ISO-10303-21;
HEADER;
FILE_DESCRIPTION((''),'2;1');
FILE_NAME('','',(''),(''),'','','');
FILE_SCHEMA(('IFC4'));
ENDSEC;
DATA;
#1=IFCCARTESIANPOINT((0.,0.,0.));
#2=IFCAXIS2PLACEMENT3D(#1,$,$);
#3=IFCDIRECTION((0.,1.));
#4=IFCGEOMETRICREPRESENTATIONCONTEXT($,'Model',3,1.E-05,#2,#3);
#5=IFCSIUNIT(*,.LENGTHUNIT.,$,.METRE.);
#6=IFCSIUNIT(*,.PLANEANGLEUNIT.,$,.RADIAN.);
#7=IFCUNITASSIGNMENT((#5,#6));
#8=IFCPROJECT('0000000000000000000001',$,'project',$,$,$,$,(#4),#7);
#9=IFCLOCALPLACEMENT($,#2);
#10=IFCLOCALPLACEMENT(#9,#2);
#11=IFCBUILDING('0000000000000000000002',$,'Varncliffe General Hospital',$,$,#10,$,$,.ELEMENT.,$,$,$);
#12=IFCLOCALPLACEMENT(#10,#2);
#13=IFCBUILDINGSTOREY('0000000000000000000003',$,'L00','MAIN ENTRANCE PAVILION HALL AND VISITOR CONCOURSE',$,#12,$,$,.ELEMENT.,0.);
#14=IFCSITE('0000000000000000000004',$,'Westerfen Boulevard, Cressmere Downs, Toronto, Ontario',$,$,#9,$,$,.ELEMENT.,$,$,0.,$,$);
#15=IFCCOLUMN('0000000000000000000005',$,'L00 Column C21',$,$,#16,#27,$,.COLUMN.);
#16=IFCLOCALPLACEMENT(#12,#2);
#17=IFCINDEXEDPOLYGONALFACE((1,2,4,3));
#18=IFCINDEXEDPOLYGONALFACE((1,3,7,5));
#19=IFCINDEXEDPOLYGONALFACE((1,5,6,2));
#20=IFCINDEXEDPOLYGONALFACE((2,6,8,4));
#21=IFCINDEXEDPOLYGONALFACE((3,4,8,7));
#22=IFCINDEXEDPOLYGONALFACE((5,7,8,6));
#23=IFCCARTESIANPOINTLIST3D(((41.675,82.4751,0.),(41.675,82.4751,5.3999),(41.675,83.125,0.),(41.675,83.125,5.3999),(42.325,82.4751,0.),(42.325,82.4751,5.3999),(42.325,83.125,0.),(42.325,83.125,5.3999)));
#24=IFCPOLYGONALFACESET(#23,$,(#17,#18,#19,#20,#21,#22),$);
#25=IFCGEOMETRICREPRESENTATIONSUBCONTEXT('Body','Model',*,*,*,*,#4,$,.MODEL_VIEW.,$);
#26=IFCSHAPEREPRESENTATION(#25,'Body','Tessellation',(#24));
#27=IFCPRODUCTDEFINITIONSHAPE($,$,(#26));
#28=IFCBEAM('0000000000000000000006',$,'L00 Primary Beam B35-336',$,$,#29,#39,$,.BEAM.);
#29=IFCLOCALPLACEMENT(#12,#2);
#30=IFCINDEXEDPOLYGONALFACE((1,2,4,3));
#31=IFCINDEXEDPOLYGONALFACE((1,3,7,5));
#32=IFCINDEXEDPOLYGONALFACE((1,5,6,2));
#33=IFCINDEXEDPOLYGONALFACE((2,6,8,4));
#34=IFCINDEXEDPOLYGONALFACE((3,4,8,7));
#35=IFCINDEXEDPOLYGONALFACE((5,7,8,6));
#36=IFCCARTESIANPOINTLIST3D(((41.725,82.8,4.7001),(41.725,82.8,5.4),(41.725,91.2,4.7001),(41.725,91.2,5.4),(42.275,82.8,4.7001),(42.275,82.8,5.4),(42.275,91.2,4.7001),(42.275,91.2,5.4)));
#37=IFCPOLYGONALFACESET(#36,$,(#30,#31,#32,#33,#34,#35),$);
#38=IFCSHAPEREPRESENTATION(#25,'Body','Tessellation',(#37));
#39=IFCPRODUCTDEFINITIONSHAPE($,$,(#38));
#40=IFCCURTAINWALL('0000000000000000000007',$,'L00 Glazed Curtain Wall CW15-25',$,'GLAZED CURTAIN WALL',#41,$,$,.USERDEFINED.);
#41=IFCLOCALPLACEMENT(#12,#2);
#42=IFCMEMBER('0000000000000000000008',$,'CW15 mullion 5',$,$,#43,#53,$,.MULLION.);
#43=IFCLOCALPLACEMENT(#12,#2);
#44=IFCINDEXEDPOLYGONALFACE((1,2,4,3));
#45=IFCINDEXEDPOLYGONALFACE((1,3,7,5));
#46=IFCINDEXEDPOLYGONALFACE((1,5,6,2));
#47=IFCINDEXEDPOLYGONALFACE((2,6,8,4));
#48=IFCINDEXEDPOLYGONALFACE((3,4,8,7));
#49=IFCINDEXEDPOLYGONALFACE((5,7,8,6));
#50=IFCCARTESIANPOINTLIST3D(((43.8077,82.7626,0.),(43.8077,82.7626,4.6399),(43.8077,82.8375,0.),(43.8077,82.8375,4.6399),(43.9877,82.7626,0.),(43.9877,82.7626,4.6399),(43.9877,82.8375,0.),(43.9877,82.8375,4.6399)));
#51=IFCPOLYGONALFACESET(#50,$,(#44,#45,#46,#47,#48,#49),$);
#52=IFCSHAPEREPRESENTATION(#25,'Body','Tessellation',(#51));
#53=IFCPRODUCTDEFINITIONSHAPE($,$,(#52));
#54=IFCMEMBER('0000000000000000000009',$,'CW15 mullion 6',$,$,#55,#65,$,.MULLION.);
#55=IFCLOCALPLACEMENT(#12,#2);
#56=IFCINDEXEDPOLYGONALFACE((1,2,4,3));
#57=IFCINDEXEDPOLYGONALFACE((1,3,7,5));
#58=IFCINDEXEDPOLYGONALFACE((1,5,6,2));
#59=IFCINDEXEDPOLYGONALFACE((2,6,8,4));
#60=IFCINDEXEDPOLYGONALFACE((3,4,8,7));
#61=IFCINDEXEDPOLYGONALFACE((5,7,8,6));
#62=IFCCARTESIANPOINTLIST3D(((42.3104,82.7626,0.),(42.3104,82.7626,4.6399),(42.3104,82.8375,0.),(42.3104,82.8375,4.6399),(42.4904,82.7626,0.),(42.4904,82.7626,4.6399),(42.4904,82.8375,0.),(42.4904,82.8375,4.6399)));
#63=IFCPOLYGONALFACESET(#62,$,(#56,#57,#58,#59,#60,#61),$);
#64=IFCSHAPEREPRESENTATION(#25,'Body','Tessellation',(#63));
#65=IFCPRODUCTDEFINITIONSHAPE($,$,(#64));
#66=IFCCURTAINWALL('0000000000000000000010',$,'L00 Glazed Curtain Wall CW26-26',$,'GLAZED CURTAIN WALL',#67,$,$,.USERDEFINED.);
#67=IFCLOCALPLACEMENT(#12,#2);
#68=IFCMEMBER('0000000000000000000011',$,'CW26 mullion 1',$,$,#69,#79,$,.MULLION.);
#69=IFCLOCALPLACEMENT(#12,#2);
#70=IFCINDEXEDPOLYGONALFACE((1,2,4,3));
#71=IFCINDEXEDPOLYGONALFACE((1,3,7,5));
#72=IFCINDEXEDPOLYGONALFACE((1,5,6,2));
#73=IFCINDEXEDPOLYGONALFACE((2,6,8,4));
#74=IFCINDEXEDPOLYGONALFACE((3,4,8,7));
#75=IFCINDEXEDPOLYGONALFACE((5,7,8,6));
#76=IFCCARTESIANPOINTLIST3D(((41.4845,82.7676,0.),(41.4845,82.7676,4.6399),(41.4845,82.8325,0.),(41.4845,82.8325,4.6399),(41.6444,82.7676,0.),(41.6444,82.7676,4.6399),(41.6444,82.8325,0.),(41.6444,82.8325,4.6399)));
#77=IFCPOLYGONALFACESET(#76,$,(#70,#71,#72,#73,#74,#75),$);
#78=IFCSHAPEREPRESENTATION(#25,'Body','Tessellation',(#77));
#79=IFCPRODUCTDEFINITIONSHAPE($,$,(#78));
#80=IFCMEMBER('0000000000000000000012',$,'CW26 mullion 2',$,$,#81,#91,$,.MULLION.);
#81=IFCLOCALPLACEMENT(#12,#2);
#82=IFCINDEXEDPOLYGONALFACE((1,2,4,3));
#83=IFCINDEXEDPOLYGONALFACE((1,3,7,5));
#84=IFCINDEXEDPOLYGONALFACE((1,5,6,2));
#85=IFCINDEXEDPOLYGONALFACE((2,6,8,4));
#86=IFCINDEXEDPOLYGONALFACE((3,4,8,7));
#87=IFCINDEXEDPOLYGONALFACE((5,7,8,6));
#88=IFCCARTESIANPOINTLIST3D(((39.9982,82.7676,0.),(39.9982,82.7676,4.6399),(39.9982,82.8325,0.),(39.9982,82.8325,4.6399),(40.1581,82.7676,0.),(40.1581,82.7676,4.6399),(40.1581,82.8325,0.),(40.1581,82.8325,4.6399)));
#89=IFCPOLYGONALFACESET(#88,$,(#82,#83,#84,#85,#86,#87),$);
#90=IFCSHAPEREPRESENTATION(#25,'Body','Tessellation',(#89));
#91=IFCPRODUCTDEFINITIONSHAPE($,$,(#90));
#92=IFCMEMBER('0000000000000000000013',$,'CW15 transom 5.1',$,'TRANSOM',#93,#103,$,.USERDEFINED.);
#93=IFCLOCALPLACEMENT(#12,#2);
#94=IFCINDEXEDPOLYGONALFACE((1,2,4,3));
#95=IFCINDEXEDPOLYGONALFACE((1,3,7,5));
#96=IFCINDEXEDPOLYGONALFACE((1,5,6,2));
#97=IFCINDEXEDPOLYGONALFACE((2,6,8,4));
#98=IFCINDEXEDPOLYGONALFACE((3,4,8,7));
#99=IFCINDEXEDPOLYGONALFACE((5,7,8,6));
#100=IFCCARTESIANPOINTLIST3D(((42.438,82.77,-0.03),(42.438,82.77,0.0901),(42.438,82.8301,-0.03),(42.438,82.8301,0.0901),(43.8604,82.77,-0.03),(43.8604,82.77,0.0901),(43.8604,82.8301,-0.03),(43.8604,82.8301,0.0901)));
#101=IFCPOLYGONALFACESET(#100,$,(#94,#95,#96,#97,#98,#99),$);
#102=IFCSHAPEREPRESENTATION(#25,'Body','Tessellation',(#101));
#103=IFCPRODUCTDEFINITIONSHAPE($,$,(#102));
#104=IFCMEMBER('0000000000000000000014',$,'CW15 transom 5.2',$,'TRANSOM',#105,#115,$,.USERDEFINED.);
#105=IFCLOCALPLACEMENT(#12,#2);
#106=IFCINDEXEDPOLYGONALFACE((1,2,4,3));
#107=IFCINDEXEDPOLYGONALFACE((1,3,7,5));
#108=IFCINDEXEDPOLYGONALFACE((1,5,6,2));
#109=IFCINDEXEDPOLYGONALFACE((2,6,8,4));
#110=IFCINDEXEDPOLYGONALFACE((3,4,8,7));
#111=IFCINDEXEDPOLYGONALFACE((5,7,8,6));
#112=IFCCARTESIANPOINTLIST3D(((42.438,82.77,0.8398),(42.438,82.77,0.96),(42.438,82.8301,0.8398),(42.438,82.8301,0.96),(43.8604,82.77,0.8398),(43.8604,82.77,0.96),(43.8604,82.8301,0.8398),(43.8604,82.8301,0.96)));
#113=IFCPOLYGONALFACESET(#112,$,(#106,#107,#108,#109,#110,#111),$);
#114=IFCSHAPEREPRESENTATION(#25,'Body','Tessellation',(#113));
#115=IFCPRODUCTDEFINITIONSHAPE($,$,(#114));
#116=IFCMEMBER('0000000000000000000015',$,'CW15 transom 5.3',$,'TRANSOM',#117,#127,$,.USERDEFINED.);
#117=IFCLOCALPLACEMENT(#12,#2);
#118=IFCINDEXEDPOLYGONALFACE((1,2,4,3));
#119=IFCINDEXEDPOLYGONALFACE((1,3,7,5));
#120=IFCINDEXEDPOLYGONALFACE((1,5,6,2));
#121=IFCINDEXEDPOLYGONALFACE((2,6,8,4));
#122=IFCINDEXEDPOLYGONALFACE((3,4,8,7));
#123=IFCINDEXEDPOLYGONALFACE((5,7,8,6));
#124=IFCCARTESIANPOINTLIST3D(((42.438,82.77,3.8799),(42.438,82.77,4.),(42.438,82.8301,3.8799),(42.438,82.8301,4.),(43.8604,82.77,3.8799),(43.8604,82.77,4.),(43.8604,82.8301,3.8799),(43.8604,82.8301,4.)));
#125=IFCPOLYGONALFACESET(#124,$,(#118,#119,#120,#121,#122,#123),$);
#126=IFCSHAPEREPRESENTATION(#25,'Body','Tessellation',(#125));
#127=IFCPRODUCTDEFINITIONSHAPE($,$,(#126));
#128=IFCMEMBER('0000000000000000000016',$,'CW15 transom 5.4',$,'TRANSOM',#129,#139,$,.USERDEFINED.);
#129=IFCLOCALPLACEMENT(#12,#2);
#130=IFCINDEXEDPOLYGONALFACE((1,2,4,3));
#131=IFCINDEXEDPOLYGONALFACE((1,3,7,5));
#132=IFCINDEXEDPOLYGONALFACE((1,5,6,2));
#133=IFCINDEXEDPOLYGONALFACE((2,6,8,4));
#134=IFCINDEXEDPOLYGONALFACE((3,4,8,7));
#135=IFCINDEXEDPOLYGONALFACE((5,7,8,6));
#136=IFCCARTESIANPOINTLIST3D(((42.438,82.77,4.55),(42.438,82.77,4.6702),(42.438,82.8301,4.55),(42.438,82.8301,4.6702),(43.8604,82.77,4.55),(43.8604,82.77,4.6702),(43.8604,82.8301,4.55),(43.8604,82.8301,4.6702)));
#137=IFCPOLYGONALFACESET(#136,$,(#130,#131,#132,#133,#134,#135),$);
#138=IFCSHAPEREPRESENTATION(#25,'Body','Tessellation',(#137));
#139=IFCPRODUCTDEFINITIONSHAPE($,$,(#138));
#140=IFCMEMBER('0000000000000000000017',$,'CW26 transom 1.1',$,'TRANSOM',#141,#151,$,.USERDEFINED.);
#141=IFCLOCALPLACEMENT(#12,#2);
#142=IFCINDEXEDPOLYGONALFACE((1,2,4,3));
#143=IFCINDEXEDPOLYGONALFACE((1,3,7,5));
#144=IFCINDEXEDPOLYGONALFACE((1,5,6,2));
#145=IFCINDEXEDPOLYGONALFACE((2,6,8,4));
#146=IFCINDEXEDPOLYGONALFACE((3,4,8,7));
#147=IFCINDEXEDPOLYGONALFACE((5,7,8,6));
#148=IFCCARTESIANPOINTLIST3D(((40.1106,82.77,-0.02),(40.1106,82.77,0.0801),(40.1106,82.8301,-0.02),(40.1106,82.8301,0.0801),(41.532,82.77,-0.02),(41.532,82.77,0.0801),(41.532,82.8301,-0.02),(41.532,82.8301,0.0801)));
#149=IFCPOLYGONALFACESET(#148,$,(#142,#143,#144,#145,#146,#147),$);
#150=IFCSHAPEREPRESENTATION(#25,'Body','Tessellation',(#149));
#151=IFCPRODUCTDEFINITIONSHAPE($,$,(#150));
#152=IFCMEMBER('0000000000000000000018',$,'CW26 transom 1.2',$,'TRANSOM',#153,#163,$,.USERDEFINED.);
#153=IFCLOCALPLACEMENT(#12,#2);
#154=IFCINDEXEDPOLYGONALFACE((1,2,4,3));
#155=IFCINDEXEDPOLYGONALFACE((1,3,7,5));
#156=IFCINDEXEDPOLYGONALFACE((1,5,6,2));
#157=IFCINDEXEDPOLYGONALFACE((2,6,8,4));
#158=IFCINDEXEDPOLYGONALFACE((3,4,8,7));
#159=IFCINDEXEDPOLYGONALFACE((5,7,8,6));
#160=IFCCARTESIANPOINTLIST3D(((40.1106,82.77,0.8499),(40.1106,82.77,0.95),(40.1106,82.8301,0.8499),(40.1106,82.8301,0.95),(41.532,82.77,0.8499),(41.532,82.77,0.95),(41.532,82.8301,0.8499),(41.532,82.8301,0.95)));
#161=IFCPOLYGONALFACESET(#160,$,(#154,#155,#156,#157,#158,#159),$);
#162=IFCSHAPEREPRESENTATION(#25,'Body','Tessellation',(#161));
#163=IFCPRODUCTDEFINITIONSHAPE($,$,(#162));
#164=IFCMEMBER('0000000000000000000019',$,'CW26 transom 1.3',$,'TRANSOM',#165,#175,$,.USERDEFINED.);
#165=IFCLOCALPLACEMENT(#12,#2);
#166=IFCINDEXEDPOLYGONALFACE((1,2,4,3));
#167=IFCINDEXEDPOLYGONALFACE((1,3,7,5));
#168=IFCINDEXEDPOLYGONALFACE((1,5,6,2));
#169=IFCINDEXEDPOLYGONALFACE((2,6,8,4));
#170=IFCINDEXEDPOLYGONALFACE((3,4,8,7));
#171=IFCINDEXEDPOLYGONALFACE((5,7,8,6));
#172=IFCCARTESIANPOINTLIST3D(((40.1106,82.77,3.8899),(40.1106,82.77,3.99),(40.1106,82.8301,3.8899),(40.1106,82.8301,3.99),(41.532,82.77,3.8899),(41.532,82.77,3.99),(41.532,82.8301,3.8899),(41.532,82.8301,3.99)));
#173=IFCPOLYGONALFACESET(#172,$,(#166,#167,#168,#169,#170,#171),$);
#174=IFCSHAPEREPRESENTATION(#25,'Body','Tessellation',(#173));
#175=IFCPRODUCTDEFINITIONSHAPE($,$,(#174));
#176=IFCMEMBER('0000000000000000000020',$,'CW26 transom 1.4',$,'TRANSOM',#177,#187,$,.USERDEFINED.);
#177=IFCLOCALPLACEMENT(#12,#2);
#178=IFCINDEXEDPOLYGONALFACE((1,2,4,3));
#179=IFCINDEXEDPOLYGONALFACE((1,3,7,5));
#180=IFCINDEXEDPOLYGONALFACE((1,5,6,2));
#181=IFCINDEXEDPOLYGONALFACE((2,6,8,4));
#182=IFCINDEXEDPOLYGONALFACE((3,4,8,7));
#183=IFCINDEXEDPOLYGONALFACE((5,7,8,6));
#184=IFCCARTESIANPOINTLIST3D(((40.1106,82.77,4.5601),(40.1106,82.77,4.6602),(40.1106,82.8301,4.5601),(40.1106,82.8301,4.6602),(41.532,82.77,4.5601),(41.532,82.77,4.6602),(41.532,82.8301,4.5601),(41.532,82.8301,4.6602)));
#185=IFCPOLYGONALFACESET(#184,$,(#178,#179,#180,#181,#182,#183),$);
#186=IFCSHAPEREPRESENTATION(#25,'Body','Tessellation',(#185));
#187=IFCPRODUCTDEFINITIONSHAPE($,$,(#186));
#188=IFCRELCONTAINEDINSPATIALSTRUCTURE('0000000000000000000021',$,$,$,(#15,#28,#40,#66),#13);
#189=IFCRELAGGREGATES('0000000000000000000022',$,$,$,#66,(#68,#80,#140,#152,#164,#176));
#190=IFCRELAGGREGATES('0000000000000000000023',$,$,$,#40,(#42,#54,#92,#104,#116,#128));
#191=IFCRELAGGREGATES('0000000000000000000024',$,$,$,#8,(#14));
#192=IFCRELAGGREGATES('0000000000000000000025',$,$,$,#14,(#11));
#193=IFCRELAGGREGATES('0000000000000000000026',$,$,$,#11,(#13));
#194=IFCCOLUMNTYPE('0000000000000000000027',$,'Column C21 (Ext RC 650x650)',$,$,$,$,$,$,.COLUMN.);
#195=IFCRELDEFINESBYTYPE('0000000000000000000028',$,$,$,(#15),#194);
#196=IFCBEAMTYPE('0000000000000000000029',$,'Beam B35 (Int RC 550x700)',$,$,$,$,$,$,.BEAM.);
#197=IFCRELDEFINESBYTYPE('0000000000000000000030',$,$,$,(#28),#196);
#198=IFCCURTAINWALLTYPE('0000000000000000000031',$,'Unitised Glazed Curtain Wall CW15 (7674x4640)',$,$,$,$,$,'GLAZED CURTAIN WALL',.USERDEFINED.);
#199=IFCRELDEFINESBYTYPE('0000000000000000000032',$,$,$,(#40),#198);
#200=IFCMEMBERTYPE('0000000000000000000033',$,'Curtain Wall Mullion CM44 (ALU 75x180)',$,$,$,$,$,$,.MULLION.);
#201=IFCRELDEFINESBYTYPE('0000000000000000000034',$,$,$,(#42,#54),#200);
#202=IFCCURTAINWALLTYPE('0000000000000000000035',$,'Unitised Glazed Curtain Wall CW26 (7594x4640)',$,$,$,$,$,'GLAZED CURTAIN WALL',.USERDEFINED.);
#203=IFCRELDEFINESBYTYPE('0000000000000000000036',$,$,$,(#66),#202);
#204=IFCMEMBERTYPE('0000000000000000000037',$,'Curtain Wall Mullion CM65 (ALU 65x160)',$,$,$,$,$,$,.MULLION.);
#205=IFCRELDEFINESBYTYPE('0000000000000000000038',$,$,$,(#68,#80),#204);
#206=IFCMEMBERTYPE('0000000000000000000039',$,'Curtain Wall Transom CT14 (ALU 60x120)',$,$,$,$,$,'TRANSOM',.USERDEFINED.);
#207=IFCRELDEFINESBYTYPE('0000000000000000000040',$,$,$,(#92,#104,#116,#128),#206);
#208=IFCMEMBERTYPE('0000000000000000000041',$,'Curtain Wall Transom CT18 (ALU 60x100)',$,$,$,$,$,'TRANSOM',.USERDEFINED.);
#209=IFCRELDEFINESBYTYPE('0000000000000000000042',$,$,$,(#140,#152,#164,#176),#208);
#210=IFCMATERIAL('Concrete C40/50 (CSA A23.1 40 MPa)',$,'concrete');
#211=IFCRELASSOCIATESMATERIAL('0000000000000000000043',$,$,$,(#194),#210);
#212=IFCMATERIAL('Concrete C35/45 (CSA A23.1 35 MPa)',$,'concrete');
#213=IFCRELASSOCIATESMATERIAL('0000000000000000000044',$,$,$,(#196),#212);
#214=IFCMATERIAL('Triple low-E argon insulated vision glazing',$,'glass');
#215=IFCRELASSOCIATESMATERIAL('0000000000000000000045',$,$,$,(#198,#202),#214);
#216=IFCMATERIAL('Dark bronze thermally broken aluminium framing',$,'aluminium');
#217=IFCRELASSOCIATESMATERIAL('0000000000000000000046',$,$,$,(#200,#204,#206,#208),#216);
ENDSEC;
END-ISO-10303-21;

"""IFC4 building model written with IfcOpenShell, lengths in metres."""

from ifc_helpers import new_model, si_unit, direction, frame, origin, origin_2d, place, context, subcontext, project, spatial, rectangle, extrude, material, material_profile, profile_set, type_object, element, aggregate, save


model = new_model("IFC4")

# Units and contexts
model_context = context("Model", 3, precision=1e-05, world=origin(), true_north=direction((0.0, 1.0)))
body_context = subcontext(model_context, "Body", "Model", "MODEL_VIEW")
ifc_project = project(units=[si_unit("LENGTHUNIT", "METRE"), si_unit("PLANEANGLEUNIT", "RADIAN")], contexts=[model_context])

# Site, building, storey
site_placement = place(None, origin())
site = spatial("IfcSite", under=ifc_project, at=site_placement, Name="Westerfen Boulevard, Cressmere Downs, Toronto, Ontario", CompositionType="ELEMENT", RefElevation=0.0)
building_placement = place(site_placement, origin())
building = spatial("IfcBuilding", under=site, at=building_placement, Name="Varncliffe General Hospital", CompositionType="ELEMENT")
storey_placement = place(building_placement, origin())
storey = spatial("IfcBuildingStorey", under=building, at=storey_placement, Name="L00", Description="MAIN ENTRANCE PAVILION HALL AND VISITOR CONCOURSE", CompositionType="ELEMENT", Elevation=0.0)

# Column
ifc_material_1 = material(Name="Concrete C40/50 (CSA A23.1 40 MPa)", Category="concrete")
ifc_material_profile_1 = material_profile(ifc_material_1, rectangle(XDim=0.6499, YDim=0.6499, at=origin_2d()), Name="RC 650x650")
ifc_profile_set_1 = profile_set([ifc_material_profile_1], Name="Concrete C40/50 (CSA A23.1 40 MPa)")
column_type = type_object("IfcColumnType", Name="Column C21 (Ext RC 650x650)", PredefinedType="COLUMN", material=ifc_profile_set_1)
column_placement = place(storey_placement, frame((42.0, 82.8, 0.0), z_axis=(0.0, 0.0, 1.0), x_axis=(1.0, 0.0, 0.0)))
element("IfcColumn", 1, at=column_placement, inside=storey, type_object=column_type, Name="L00 Column C21", PredefinedType="COLUMN", context=body_context, shape_type="SweptSolid", body=[
    extrude(rectangle(XDim=0.6499, YDim=0.6499, at=origin_2d()), origin(), (0.0, 0.0, 1.0), 5.3999),
])

# Beam
ifc_material_2 = material(Name="Concrete C35/45 (CSA A23.1 35 MPa)", Category="concrete")
ifc_material_profile_2 = material_profile(ifc_material_2, rectangle(XDim=0.55, YDim=0.7, at=origin_2d()), Name="RC 550x700")
ifc_profile_set_2 = profile_set([ifc_material_profile_2], Name="Concrete C35/45 (CSA A23.1 35 MPa)")
beam_type_1 = type_object("IfcBeamType", Name="Beam B35 (Int RC 550x700)", PredefinedType="BEAM", material=ifc_profile_set_2)
beam_1_placement = place(storey_placement, frame((42.0, 82.8, 5.05), z_axis=(0.0, 1.0, 0.0), x_axis=(-1.0, 0.0, 0.0)))
element("IfcBeam", 2, at=beam_1_placement, inside=storey, type_object=beam_type_1, Name="L00 Primary Beam B35-336", PredefinedType="BEAM", context=body_context, shape_type="SweptSolid", body=[
    extrude(rectangle(XDim=0.55, YDim=0.7, at=origin_2d()), origin(), (0.0, 0.0, 1.0), 8.3999),
])

# Curtain walls, members
ifc_material_3 = material(Name="Triple low-E argon insulated vision glazing", Category="glass")
curtain_wall_type_1 = type_object("IfcCurtainWallType", Name="Unitised Glazed Curtain Wall CW15 (7674x4640)", ElementType="GLAZED CURTAIN WALL", PredefinedType="USERDEFINED", material=ifc_material_3)
curtain_wall_1_placement = place(storey_placement, origin())
curtain_wall_1 = element("IfcCurtainWall", 3, at=curtain_wall_1_placement, inside=storey, type_object=curtain_wall_type_1, Name="L00 Glazed Curtain Wall CW15-25", ObjectType="GLAZED CURTAIN WALL", PredefinedType="USERDEFINED")
ifc_material_4 = material(Name="Dark bronze thermally broken aluminium framing", Category="aluminium")
ifc_material_profile_3 = material_profile(ifc_material_4, rectangle(XDim=0.075, YDim=0.1799, at=origin_2d()), Name="ALU 75x180")
ifc_profile_set_3 = profile_set([ifc_material_profile_3], Name="Dark bronze thermally broken aluminium framing")
member_type_1 = type_object("IfcMemberType", Name="Curtain Wall Mullion CM44 (ALU 75x180)", PredefinedType="MULLION", material=ifc_profile_set_3)
member_1_placement = place(storey_placement, frame((43.8977, 82.8, 0.0), z_axis=(0.0, 0.0, 1.0), x_axis=(0.0, -1.0, 0.0)))
member_1 = element("IfcMember", 4, at=member_1_placement, type_object=member_type_1, Name="CW15 mullion 5", PredefinedType="MULLION", context=body_context, shape_type="SweptSolid", body=[
    extrude(rectangle(XDim=0.075, YDim=0.1799, at=origin_2d()), origin(), (0.0, 0.0, 1.0), 4.6399),
])
member_2_placement = place(storey_placement, frame((42.4004, 82.8, 0.0), z_axis=(0.0, 0.0, 1.0), x_axis=(0.0, -1.0, 0.0)))
member_2 = element("IfcMember", 5, at=member_2_placement, type_object=member_type_1, Name="CW15 mullion 6", PredefinedType="MULLION", context=body_context, shape_type="SweptSolid", body=[
    extrude(rectangle(XDim=0.075, YDim=0.1799, at=origin_2d()), origin(), (0.0, 0.0, 1.0), 4.6399),
])
curtain_wall_type_2 = type_object("IfcCurtainWallType", Name="Unitised Glazed Curtain Wall CW26 (7594x4640)", ElementType="GLAZED CURTAIN WALL", PredefinedType="USERDEFINED", material=ifc_material_3)
curtain_wall_2_placement = place(storey_placement, origin())
curtain_wall_2 = element("IfcCurtainWall", 6, at=curtain_wall_2_placement, inside=storey, type_object=curtain_wall_type_2, Name="L00 Glazed Curtain Wall CW26-26", ObjectType="GLAZED CURTAIN WALL", PredefinedType="USERDEFINED")
ifc_material_profile_4 = material_profile(ifc_material_4, rectangle(XDim=0.0649, YDim=0.1599, at=origin_2d()), Name="ALU 65x160")
ifc_profile_set_4 = profile_set([ifc_material_profile_4], Name="Dark bronze thermally broken aluminium framing")
member_type_2 = type_object("IfcMemberType", Name="Curtain Wall Mullion CM65 (ALU 65x160)", PredefinedType="MULLION", material=ifc_profile_set_4)
member_3_placement = place(storey_placement, frame((41.5645, 82.8, 0.0), z_axis=(0.0, 0.0, 1.0), x_axis=(0.0, -1.0, 0.0)))
member_3 = element("IfcMember", 7, at=member_3_placement, type_object=member_type_2, Name="CW26 mullion 1", PredefinedType="MULLION", context=body_context, shape_type="SweptSolid", body=[
    extrude(rectangle(XDim=0.0649, YDim=0.1599, at=origin_2d()), origin(), (0.0, 0.0, 1.0), 4.6399),
])
member_4_placement = place(storey_placement, frame((40.0781, 82.8, 0.0), z_axis=(0.0, 0.0, 1.0), x_axis=(0.0, -1.0, 0.0)))
member_4 = element("IfcMember", 8, at=member_4_placement, type_object=member_type_2, Name="CW26 mullion 2", PredefinedType="MULLION", context=body_context, shape_type="SweptSolid", body=[
    extrude(rectangle(XDim=0.0649, YDim=0.1599, at=origin_2d()), origin(), (0.0, 0.0, 1.0), 4.6399),
])

# Members
ifc_material_profile_5 = material_profile(ifc_material_4, rectangle(XDim=0.0601, YDim=0.1201, at=origin_2d()), Name="ALU 60x120")
ifc_profile_set_5 = profile_set([ifc_material_profile_5], Name="Dark bronze thermally broken aluminium framing")
member_type_3 = type_object("IfcMemberType", Name="Curtain Wall Transom CT14 (ALU 60x120)", ElementType="TRANSOM", PredefinedType="USERDEFINED", material=ifc_profile_set_5)
member_5_placement = place(storey_placement, frame((43.8604, 82.8, 0.03), z_axis=(-1.0, 0.0, 0.0), x_axis=(0.0, -1.0, 0.0)))
member_5 = element("IfcMember", 9, at=member_5_placement, type_object=member_type_3, Name="CW15 transom 5.1", ObjectType="TRANSOM", PredefinedType="USERDEFINED", context=body_context, shape_type="SweptSolid", body=[
    extrude(rectangle(XDim=0.0601, YDim=0.1201, at=origin_2d()), origin(), (0.0, 0.0, 1.0), 1.4224),
])
member_6_placement = place(storey_placement, frame((43.8604, 82.8, 0.8999), z_axis=(-1.0, 0.0, 0.0), x_axis=(0.0, -1.0, 0.0)))
member_6 = element("IfcMember", 10, at=member_6_placement, type_object=member_type_3, Name="CW15 transom 5.2", ObjectType="TRANSOM", PredefinedType="USERDEFINED", context=body_context, shape_type="SweptSolid", body=[
    extrude(rectangle(XDim=0.0601, YDim=0.1201, at=origin_2d()), origin(), (0.0, 0.0, 1.0), 1.4224),
])
member_7_placement = place(storey_placement, frame((43.8604, 82.8, 3.9399), z_axis=(-1.0, 0.0, 0.0), x_axis=(0.0, -1.0, 0.0)))
member_7 = element("IfcMember", 11, at=member_7_placement, type_object=member_type_3, Name="CW15 transom 5.3", ObjectType="TRANSOM", PredefinedType="USERDEFINED", context=body_context, shape_type="SweptSolid", body=[
    extrude(rectangle(XDim=0.0601, YDim=0.1201, at=origin_2d()), origin(), (0.0, 0.0, 1.0), 1.4224),
])
member_8_placement = place(storey_placement, frame((43.8604, 82.8, 4.6101), z_axis=(-1.0, 0.0, 0.0), x_axis=(0.0, -1.0, 0.0)))
member_8 = element("IfcMember", 12, at=member_8_placement, type_object=member_type_3, Name="CW15 transom 5.4", ObjectType="TRANSOM", PredefinedType="USERDEFINED", context=body_context, shape_type="SweptSolid", body=[
    extrude(rectangle(XDim=0.0601, YDim=0.1201, at=origin_2d()), origin(), (0.0, 0.0, 1.0), 1.4224),
])
ifc_material_profile_6 = material_profile(ifc_material_4, rectangle(XDim=0.0601, YDim=0.1001, at=origin_2d()), Name="ALU 60x100")
ifc_profile_set_6 = profile_set([ifc_material_profile_6], Name="Dark bronze thermally broken aluminium framing")
member_type_4 = type_object("IfcMemberType", Name="Curtain Wall Transom CT18 (ALU 60x100)", ElementType="TRANSOM", PredefinedType="USERDEFINED", material=ifc_profile_set_6)
member_9_placement = place(storey_placement, frame((41.532, 82.8, 0.03), z_axis=(-1.0, 0.0, 0.0), x_axis=(0.0, -1.0, 0.0)))
member_9 = element("IfcMember", 13, at=member_9_placement, type_object=member_type_4, Name="CW26 transom 1.1", ObjectType="TRANSOM", PredefinedType="USERDEFINED", context=body_context, shape_type="SweptSolid", body=[
    extrude(rectangle(XDim=0.0601, YDim=0.1001, at=origin_2d()), origin(), (0.0, 0.0, 1.0), 1.4214),
])
member_10_placement = place(storey_placement, frame((41.532, 82.8, 0.8999), z_axis=(-1.0, 0.0, 0.0), x_axis=(0.0, -1.0, 0.0)))
member_10 = element("IfcMember", 14, at=member_10_placement, type_object=member_type_4, Name="CW26 transom 1.2", ObjectType="TRANSOM", PredefinedType="USERDEFINED", context=body_context, shape_type="SweptSolid", body=[
    extrude(rectangle(XDim=0.0601, YDim=0.1001, at=origin_2d()), origin(), (0.0, 0.0, 1.0), 1.4214),
])
member_11_placement = place(storey_placement, frame((41.532, 82.8, 3.9399), z_axis=(-1.0, 0.0, 0.0), x_axis=(0.0, -1.0, 0.0)))
member_11 = element("IfcMember", 15, at=member_11_placement, type_object=member_type_4, Name="CW26 transom 1.3", ObjectType="TRANSOM", PredefinedType="USERDEFINED", context=body_context, shape_type="SweptSolid", body=[
    extrude(rectangle(XDim=0.0601, YDim=0.1001, at=origin_2d()), origin(), (0.0, 0.0, 1.0), 1.4214),
])
member_12_placement = place(storey_placement, frame((41.532, 82.8, 4.6101), z_axis=(-1.0, 0.0, 0.0), x_axis=(0.0, -1.0, 0.0)))
member_12 = element("IfcMember", 16, at=member_12_placement, type_object=member_type_4, Name="CW26 transom 1.4", ObjectType="TRANSOM", PredefinedType="USERDEFINED", context=body_context, shape_type="SweptSolid", body=[
    extrude(rectangle(XDim=0.0601, YDim=0.1001, at=origin_2d()), origin(), (0.0, 0.0, 1.0), 1.4214),
])

aggregate(curtain_wall_2, [member_3, member_4, member_9, member_10, member_11, member_12])
aggregate(curtain_wall_1, [member_1, member_2, member_5, member_6, member_7, member_8])

save(model, "model.ifc")
